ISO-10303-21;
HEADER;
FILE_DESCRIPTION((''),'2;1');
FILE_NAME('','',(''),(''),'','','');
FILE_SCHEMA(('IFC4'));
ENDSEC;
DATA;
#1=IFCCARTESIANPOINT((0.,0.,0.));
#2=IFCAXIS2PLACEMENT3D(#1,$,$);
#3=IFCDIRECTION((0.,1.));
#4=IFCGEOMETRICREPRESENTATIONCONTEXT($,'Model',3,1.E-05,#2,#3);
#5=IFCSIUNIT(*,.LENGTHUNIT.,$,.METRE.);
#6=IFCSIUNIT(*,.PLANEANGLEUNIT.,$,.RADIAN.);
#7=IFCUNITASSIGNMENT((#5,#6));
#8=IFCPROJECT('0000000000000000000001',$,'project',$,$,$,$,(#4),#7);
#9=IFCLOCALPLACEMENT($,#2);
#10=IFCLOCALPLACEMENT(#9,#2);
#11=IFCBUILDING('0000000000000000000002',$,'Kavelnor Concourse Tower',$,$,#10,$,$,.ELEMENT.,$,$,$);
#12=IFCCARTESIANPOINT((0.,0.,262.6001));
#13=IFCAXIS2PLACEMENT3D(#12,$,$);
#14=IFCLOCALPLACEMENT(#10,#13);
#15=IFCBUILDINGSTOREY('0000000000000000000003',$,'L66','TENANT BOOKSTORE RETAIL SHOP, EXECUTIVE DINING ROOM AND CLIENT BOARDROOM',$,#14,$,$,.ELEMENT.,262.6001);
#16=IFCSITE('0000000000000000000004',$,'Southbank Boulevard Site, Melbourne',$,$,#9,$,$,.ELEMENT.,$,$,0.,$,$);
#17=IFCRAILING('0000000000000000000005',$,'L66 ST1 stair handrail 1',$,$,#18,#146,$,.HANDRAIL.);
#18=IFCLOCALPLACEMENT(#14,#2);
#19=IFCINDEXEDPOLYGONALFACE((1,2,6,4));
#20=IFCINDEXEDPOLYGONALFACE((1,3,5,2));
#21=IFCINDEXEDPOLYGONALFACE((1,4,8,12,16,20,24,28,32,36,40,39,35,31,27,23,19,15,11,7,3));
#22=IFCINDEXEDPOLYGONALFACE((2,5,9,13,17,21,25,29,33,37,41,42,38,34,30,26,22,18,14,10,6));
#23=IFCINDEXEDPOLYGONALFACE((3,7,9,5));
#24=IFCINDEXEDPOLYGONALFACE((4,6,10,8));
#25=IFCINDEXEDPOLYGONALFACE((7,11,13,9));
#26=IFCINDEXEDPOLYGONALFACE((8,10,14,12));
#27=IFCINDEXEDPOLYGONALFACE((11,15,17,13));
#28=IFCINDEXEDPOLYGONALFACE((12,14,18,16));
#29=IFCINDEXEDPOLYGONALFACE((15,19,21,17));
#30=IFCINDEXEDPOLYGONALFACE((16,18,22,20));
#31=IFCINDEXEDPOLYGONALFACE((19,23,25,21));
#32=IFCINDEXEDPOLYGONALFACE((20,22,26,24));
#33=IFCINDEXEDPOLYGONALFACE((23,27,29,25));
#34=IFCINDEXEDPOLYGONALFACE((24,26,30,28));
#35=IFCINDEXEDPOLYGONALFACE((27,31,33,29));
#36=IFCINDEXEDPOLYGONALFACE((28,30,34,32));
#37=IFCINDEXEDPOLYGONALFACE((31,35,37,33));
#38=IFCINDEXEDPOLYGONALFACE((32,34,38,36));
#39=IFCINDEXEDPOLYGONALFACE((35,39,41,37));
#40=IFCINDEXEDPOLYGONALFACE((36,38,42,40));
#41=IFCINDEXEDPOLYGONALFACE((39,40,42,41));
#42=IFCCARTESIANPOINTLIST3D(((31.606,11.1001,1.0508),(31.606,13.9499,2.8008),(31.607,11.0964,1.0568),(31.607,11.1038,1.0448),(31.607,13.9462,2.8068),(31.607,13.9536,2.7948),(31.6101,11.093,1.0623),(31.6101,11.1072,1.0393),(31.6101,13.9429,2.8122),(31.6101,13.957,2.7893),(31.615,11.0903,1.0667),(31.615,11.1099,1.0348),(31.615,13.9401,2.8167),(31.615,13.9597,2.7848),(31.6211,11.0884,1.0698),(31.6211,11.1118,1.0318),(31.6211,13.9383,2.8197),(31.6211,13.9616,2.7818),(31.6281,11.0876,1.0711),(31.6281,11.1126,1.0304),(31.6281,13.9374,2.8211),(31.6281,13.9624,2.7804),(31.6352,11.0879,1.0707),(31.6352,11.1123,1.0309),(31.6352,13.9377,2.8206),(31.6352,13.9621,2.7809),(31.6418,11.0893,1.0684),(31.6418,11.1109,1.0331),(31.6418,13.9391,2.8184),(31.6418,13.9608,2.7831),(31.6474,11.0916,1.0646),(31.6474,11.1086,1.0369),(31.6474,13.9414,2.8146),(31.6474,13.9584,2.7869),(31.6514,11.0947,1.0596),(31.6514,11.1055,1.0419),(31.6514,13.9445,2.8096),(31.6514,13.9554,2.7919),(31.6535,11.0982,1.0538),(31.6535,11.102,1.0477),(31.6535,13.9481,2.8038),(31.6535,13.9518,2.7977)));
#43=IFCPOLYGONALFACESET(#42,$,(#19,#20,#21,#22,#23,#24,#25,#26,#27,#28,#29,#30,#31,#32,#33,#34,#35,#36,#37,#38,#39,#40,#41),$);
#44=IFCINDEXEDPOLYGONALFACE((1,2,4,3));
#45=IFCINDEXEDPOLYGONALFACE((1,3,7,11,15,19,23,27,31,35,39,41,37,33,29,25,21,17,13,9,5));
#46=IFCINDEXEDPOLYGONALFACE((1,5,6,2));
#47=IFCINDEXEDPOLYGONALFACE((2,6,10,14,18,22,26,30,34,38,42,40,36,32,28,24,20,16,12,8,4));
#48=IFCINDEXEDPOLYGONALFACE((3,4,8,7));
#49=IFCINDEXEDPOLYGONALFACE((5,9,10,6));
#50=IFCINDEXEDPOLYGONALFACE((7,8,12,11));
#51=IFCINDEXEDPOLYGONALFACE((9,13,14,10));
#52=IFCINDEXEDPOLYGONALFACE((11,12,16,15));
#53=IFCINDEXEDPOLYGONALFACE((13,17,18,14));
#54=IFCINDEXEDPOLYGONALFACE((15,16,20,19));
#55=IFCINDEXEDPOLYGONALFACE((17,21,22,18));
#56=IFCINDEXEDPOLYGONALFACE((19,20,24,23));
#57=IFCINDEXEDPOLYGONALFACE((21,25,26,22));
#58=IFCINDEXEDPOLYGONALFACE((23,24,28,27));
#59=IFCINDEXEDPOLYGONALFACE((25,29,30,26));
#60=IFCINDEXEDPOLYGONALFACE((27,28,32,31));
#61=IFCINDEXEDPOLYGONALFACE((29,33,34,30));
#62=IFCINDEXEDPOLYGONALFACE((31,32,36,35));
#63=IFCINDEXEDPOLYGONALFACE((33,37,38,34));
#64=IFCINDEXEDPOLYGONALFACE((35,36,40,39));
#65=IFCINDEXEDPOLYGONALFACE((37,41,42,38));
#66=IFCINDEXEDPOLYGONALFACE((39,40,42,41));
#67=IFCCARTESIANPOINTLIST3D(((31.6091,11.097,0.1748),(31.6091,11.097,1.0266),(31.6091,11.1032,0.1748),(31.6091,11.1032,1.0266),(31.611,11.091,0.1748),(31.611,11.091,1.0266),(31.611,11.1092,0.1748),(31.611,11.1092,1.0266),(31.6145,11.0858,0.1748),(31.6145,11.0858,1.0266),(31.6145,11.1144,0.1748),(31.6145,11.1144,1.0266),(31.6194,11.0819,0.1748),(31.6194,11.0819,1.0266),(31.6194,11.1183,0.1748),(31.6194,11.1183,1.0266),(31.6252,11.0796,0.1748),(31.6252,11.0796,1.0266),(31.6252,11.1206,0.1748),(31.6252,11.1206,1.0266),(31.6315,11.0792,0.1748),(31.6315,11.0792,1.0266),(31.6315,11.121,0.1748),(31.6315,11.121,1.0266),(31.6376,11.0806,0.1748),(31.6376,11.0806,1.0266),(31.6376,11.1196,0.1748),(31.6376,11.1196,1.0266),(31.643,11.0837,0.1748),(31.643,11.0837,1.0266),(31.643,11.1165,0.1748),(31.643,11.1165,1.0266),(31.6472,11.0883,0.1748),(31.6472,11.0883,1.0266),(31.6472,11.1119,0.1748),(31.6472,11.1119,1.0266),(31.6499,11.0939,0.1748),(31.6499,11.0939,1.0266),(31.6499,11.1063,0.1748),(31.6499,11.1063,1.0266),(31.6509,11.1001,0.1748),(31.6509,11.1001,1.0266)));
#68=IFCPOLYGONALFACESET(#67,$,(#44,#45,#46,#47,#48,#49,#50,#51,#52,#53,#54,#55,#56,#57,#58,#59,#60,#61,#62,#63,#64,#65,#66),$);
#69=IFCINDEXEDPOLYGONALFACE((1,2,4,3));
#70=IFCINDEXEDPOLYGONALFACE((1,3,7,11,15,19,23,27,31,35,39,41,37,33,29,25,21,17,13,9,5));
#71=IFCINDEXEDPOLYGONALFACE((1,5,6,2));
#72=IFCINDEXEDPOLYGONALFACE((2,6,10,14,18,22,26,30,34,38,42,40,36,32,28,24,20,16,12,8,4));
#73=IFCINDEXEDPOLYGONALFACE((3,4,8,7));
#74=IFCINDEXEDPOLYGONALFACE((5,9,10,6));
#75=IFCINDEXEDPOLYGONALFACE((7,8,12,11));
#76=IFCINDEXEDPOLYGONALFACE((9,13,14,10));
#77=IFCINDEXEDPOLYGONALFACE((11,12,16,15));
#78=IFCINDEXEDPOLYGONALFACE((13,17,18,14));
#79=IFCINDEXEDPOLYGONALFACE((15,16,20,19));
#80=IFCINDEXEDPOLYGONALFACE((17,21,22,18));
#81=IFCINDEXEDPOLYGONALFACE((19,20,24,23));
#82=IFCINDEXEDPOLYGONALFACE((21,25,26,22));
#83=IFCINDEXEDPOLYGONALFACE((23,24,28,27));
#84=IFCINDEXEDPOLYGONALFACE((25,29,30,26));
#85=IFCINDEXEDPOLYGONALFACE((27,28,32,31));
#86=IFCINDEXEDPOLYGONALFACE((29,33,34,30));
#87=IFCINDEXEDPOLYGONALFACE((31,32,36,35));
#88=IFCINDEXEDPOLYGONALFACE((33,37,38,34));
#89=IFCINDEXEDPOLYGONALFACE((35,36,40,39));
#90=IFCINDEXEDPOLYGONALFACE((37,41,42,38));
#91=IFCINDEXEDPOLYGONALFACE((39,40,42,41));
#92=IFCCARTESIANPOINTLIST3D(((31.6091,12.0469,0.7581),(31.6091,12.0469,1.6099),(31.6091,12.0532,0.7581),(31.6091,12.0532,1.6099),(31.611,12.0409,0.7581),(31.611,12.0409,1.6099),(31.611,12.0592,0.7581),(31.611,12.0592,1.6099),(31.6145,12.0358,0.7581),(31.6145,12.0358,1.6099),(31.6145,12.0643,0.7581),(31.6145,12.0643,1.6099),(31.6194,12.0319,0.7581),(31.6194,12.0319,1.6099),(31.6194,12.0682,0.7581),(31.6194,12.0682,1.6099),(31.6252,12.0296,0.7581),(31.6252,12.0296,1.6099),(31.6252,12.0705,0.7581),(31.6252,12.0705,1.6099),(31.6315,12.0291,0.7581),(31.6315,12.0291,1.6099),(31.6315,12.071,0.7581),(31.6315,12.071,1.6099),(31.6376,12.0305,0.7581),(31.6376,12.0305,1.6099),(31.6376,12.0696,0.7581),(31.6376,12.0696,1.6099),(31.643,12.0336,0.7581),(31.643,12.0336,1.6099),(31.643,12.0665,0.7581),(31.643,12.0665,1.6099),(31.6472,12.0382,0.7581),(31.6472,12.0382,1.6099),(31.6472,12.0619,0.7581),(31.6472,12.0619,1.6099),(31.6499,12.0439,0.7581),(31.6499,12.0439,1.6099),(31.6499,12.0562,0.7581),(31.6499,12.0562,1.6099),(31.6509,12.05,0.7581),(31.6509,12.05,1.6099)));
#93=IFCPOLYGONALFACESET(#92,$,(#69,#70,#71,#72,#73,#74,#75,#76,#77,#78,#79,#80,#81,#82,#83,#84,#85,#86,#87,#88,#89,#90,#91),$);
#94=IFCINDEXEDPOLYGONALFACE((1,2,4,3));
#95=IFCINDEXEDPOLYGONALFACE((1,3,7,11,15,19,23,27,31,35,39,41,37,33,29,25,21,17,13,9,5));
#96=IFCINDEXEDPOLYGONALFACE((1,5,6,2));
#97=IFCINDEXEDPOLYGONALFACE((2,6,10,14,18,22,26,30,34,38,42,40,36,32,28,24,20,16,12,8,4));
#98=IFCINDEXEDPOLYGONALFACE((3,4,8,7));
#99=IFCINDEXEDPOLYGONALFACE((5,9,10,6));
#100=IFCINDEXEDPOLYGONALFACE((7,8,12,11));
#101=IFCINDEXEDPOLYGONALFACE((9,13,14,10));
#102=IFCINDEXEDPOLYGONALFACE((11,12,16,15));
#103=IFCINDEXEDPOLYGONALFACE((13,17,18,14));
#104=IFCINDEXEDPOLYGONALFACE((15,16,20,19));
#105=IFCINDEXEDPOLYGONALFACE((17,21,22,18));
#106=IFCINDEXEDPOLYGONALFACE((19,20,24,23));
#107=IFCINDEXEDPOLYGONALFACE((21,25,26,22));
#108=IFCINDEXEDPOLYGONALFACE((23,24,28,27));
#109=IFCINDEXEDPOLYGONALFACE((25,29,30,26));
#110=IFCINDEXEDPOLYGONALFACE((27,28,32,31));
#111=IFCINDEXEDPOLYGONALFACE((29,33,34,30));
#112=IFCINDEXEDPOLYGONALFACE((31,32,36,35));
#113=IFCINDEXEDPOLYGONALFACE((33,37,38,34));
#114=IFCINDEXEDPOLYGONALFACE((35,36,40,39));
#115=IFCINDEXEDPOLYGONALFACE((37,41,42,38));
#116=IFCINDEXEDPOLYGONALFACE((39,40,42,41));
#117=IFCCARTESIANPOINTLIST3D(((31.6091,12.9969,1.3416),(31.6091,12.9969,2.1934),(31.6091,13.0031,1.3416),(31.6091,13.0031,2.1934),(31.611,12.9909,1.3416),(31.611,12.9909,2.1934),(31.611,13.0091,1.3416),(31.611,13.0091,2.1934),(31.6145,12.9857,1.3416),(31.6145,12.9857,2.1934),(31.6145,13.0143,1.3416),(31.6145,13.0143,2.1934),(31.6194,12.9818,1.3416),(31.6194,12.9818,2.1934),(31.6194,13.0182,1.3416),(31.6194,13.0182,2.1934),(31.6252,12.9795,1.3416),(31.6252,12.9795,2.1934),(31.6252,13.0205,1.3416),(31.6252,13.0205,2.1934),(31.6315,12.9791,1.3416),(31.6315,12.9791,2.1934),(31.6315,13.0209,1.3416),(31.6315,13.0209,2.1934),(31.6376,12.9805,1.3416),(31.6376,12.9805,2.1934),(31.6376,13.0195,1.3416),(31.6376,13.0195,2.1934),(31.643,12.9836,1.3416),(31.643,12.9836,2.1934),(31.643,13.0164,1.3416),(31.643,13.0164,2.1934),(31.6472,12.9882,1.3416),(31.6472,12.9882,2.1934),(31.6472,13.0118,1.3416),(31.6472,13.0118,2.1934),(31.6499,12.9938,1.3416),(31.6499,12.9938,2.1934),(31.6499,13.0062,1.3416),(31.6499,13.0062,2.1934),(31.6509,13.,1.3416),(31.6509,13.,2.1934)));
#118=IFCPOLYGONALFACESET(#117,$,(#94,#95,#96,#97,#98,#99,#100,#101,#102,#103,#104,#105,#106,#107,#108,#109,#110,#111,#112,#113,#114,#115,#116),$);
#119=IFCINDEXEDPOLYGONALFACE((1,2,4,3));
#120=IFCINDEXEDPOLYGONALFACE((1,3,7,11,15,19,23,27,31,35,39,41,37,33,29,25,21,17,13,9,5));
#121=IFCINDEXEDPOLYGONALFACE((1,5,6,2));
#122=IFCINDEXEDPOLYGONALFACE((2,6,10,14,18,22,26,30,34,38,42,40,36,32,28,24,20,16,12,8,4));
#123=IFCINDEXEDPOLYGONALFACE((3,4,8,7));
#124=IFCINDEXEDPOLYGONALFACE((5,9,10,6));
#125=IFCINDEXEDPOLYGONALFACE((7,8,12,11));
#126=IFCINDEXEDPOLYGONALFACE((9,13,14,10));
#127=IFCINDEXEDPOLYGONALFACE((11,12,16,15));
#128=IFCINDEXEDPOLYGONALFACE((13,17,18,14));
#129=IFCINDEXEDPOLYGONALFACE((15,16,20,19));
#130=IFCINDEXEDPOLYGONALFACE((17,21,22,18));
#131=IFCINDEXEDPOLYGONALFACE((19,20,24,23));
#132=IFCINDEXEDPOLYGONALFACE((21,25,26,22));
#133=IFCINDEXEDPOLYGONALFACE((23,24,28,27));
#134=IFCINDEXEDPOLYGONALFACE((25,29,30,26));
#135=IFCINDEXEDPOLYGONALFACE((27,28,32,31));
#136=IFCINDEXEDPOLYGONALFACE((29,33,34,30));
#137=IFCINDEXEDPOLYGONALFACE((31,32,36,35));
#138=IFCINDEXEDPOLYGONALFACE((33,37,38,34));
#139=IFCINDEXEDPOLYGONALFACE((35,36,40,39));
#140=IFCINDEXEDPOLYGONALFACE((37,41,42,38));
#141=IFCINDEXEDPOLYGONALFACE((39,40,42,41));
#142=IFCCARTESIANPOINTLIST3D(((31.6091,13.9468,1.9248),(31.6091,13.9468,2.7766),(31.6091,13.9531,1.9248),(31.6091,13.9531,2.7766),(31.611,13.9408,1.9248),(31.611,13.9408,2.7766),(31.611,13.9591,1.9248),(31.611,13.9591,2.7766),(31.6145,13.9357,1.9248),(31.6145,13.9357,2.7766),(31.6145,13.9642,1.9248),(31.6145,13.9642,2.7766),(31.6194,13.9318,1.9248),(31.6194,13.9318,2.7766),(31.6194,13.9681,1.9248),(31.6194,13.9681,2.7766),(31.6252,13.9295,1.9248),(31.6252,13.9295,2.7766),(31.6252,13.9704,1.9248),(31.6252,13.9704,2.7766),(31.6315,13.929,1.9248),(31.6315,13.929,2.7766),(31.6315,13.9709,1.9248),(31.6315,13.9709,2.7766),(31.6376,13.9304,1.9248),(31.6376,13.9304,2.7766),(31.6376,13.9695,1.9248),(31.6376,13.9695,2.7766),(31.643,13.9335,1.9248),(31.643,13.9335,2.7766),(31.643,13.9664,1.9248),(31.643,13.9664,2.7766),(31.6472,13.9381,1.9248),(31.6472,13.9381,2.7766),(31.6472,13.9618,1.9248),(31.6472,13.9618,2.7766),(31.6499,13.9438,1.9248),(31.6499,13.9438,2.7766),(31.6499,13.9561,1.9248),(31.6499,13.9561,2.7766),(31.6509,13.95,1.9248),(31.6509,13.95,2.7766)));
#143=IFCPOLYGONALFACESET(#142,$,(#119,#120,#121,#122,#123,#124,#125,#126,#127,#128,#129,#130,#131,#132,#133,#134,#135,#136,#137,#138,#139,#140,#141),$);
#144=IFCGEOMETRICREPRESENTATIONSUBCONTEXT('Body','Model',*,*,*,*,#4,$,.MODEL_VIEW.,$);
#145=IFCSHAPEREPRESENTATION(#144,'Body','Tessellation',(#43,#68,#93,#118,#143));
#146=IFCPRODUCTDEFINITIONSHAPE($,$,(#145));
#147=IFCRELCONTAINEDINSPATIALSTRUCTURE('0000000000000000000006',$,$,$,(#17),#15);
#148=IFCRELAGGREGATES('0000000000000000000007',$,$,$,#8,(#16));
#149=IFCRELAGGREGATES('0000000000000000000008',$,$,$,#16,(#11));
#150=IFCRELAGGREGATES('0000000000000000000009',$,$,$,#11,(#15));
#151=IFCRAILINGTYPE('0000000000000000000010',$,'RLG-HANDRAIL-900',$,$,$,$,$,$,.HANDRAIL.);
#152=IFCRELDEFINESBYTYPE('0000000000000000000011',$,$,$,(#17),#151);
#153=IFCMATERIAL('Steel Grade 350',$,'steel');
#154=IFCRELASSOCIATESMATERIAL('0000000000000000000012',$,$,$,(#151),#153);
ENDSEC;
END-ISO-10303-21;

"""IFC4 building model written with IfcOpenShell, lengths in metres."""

from ifc_helpers import new_model, si_unit, direction, frame, origin, origin_2d, place, context, subcontext, project, spatial, circle, extrude, material, type_object, element, save


model = new_model("IFC4")

# Units and contexts
model_context = context("Model", 3, precision=1e-05, world=origin(), true_north=direction((0.0, 1.0)))
body_context = subcontext(model_context, "Body", "Model", "MODEL_VIEW")
ifc_project = project(units=[si_unit("LENGTHUNIT", "METRE"), si_unit("PLANEANGLEUNIT", "RADIAN")], contexts=[model_context])

# Site, building, storey
site_placement = place(None, origin())
site = spatial("IfcSite", under=ifc_project, at=site_placement, Name="Southbank Boulevard Site, Melbourne", CompositionType="ELEMENT", RefElevation=0.0)
building_placement = place(site_placement, origin())
building = spatial("IfcBuilding", under=site, at=building_placement, Name="Kavelnor Concourse Tower", CompositionType="ELEMENT")
storey_placement = place(building_placement, frame((0.0, 0.0, 262.6001)))
storey = spatial("IfcBuildingStorey", under=building, at=storey_placement, Name="L66", Description="TENANT BOOKSTORE RETAIL SHOP, EXECUTIVE DINING ROOM AND CLIENT BOARDROOM", CompositionType="ELEMENT", Elevation=262.6001)

# Shared definitions
ifc_material_1 = material(Name="Steel Grade 350", Category="steel")

# Railing
railing_type_1 = type_object("IfcRailingType", Name="RLG-HANDRAIL-900", PredefinedType="HANDRAIL", material=ifc_material_1)
railing_1_placement = place(storey_placement, frame((31.6299, 11.1001, 0.1748)))
element("IfcRailing", 1, at=railing_1_placement, inside=storey, type_object=railing_type_1, Name="L66 ST1 stair handrail 1", PredefinedType="HANDRAIL", context=body_context, shape_type="SweptSolid", body=[
    extrude(circle(Radius=0.0239, at=origin_2d()), frame((0.0, 0.0, 0.876), z_axis=(0.0, 0.852159, 0.523283), x_axis=(-1.0, 0.0, 0.0)), (0.0, 0.0, 1.0), 3.3442),
    extrude(circle(Radius=0.021, at=origin_2d()), origin(), (0.0, 0.0, 1.0), 0.8518),
    extrude(circle(Radius=0.021, at=origin_2d()), frame((0.0, 0.95, 0.5833)), (0.0, 0.0, 1.0), 0.8518),
    extrude(circle(Radius=0.021, at=origin_2d()), frame((0.0, 1.8999, 1.1667)), (0.0, 0.0, 1.0), 0.8518),
    extrude(circle(Radius=0.021, at=origin_2d()), frame((0.0, 2.8499, 1.75)), (0.0, 0.0, 1.0), 0.8518),
])

save(model, "model.ifc")
